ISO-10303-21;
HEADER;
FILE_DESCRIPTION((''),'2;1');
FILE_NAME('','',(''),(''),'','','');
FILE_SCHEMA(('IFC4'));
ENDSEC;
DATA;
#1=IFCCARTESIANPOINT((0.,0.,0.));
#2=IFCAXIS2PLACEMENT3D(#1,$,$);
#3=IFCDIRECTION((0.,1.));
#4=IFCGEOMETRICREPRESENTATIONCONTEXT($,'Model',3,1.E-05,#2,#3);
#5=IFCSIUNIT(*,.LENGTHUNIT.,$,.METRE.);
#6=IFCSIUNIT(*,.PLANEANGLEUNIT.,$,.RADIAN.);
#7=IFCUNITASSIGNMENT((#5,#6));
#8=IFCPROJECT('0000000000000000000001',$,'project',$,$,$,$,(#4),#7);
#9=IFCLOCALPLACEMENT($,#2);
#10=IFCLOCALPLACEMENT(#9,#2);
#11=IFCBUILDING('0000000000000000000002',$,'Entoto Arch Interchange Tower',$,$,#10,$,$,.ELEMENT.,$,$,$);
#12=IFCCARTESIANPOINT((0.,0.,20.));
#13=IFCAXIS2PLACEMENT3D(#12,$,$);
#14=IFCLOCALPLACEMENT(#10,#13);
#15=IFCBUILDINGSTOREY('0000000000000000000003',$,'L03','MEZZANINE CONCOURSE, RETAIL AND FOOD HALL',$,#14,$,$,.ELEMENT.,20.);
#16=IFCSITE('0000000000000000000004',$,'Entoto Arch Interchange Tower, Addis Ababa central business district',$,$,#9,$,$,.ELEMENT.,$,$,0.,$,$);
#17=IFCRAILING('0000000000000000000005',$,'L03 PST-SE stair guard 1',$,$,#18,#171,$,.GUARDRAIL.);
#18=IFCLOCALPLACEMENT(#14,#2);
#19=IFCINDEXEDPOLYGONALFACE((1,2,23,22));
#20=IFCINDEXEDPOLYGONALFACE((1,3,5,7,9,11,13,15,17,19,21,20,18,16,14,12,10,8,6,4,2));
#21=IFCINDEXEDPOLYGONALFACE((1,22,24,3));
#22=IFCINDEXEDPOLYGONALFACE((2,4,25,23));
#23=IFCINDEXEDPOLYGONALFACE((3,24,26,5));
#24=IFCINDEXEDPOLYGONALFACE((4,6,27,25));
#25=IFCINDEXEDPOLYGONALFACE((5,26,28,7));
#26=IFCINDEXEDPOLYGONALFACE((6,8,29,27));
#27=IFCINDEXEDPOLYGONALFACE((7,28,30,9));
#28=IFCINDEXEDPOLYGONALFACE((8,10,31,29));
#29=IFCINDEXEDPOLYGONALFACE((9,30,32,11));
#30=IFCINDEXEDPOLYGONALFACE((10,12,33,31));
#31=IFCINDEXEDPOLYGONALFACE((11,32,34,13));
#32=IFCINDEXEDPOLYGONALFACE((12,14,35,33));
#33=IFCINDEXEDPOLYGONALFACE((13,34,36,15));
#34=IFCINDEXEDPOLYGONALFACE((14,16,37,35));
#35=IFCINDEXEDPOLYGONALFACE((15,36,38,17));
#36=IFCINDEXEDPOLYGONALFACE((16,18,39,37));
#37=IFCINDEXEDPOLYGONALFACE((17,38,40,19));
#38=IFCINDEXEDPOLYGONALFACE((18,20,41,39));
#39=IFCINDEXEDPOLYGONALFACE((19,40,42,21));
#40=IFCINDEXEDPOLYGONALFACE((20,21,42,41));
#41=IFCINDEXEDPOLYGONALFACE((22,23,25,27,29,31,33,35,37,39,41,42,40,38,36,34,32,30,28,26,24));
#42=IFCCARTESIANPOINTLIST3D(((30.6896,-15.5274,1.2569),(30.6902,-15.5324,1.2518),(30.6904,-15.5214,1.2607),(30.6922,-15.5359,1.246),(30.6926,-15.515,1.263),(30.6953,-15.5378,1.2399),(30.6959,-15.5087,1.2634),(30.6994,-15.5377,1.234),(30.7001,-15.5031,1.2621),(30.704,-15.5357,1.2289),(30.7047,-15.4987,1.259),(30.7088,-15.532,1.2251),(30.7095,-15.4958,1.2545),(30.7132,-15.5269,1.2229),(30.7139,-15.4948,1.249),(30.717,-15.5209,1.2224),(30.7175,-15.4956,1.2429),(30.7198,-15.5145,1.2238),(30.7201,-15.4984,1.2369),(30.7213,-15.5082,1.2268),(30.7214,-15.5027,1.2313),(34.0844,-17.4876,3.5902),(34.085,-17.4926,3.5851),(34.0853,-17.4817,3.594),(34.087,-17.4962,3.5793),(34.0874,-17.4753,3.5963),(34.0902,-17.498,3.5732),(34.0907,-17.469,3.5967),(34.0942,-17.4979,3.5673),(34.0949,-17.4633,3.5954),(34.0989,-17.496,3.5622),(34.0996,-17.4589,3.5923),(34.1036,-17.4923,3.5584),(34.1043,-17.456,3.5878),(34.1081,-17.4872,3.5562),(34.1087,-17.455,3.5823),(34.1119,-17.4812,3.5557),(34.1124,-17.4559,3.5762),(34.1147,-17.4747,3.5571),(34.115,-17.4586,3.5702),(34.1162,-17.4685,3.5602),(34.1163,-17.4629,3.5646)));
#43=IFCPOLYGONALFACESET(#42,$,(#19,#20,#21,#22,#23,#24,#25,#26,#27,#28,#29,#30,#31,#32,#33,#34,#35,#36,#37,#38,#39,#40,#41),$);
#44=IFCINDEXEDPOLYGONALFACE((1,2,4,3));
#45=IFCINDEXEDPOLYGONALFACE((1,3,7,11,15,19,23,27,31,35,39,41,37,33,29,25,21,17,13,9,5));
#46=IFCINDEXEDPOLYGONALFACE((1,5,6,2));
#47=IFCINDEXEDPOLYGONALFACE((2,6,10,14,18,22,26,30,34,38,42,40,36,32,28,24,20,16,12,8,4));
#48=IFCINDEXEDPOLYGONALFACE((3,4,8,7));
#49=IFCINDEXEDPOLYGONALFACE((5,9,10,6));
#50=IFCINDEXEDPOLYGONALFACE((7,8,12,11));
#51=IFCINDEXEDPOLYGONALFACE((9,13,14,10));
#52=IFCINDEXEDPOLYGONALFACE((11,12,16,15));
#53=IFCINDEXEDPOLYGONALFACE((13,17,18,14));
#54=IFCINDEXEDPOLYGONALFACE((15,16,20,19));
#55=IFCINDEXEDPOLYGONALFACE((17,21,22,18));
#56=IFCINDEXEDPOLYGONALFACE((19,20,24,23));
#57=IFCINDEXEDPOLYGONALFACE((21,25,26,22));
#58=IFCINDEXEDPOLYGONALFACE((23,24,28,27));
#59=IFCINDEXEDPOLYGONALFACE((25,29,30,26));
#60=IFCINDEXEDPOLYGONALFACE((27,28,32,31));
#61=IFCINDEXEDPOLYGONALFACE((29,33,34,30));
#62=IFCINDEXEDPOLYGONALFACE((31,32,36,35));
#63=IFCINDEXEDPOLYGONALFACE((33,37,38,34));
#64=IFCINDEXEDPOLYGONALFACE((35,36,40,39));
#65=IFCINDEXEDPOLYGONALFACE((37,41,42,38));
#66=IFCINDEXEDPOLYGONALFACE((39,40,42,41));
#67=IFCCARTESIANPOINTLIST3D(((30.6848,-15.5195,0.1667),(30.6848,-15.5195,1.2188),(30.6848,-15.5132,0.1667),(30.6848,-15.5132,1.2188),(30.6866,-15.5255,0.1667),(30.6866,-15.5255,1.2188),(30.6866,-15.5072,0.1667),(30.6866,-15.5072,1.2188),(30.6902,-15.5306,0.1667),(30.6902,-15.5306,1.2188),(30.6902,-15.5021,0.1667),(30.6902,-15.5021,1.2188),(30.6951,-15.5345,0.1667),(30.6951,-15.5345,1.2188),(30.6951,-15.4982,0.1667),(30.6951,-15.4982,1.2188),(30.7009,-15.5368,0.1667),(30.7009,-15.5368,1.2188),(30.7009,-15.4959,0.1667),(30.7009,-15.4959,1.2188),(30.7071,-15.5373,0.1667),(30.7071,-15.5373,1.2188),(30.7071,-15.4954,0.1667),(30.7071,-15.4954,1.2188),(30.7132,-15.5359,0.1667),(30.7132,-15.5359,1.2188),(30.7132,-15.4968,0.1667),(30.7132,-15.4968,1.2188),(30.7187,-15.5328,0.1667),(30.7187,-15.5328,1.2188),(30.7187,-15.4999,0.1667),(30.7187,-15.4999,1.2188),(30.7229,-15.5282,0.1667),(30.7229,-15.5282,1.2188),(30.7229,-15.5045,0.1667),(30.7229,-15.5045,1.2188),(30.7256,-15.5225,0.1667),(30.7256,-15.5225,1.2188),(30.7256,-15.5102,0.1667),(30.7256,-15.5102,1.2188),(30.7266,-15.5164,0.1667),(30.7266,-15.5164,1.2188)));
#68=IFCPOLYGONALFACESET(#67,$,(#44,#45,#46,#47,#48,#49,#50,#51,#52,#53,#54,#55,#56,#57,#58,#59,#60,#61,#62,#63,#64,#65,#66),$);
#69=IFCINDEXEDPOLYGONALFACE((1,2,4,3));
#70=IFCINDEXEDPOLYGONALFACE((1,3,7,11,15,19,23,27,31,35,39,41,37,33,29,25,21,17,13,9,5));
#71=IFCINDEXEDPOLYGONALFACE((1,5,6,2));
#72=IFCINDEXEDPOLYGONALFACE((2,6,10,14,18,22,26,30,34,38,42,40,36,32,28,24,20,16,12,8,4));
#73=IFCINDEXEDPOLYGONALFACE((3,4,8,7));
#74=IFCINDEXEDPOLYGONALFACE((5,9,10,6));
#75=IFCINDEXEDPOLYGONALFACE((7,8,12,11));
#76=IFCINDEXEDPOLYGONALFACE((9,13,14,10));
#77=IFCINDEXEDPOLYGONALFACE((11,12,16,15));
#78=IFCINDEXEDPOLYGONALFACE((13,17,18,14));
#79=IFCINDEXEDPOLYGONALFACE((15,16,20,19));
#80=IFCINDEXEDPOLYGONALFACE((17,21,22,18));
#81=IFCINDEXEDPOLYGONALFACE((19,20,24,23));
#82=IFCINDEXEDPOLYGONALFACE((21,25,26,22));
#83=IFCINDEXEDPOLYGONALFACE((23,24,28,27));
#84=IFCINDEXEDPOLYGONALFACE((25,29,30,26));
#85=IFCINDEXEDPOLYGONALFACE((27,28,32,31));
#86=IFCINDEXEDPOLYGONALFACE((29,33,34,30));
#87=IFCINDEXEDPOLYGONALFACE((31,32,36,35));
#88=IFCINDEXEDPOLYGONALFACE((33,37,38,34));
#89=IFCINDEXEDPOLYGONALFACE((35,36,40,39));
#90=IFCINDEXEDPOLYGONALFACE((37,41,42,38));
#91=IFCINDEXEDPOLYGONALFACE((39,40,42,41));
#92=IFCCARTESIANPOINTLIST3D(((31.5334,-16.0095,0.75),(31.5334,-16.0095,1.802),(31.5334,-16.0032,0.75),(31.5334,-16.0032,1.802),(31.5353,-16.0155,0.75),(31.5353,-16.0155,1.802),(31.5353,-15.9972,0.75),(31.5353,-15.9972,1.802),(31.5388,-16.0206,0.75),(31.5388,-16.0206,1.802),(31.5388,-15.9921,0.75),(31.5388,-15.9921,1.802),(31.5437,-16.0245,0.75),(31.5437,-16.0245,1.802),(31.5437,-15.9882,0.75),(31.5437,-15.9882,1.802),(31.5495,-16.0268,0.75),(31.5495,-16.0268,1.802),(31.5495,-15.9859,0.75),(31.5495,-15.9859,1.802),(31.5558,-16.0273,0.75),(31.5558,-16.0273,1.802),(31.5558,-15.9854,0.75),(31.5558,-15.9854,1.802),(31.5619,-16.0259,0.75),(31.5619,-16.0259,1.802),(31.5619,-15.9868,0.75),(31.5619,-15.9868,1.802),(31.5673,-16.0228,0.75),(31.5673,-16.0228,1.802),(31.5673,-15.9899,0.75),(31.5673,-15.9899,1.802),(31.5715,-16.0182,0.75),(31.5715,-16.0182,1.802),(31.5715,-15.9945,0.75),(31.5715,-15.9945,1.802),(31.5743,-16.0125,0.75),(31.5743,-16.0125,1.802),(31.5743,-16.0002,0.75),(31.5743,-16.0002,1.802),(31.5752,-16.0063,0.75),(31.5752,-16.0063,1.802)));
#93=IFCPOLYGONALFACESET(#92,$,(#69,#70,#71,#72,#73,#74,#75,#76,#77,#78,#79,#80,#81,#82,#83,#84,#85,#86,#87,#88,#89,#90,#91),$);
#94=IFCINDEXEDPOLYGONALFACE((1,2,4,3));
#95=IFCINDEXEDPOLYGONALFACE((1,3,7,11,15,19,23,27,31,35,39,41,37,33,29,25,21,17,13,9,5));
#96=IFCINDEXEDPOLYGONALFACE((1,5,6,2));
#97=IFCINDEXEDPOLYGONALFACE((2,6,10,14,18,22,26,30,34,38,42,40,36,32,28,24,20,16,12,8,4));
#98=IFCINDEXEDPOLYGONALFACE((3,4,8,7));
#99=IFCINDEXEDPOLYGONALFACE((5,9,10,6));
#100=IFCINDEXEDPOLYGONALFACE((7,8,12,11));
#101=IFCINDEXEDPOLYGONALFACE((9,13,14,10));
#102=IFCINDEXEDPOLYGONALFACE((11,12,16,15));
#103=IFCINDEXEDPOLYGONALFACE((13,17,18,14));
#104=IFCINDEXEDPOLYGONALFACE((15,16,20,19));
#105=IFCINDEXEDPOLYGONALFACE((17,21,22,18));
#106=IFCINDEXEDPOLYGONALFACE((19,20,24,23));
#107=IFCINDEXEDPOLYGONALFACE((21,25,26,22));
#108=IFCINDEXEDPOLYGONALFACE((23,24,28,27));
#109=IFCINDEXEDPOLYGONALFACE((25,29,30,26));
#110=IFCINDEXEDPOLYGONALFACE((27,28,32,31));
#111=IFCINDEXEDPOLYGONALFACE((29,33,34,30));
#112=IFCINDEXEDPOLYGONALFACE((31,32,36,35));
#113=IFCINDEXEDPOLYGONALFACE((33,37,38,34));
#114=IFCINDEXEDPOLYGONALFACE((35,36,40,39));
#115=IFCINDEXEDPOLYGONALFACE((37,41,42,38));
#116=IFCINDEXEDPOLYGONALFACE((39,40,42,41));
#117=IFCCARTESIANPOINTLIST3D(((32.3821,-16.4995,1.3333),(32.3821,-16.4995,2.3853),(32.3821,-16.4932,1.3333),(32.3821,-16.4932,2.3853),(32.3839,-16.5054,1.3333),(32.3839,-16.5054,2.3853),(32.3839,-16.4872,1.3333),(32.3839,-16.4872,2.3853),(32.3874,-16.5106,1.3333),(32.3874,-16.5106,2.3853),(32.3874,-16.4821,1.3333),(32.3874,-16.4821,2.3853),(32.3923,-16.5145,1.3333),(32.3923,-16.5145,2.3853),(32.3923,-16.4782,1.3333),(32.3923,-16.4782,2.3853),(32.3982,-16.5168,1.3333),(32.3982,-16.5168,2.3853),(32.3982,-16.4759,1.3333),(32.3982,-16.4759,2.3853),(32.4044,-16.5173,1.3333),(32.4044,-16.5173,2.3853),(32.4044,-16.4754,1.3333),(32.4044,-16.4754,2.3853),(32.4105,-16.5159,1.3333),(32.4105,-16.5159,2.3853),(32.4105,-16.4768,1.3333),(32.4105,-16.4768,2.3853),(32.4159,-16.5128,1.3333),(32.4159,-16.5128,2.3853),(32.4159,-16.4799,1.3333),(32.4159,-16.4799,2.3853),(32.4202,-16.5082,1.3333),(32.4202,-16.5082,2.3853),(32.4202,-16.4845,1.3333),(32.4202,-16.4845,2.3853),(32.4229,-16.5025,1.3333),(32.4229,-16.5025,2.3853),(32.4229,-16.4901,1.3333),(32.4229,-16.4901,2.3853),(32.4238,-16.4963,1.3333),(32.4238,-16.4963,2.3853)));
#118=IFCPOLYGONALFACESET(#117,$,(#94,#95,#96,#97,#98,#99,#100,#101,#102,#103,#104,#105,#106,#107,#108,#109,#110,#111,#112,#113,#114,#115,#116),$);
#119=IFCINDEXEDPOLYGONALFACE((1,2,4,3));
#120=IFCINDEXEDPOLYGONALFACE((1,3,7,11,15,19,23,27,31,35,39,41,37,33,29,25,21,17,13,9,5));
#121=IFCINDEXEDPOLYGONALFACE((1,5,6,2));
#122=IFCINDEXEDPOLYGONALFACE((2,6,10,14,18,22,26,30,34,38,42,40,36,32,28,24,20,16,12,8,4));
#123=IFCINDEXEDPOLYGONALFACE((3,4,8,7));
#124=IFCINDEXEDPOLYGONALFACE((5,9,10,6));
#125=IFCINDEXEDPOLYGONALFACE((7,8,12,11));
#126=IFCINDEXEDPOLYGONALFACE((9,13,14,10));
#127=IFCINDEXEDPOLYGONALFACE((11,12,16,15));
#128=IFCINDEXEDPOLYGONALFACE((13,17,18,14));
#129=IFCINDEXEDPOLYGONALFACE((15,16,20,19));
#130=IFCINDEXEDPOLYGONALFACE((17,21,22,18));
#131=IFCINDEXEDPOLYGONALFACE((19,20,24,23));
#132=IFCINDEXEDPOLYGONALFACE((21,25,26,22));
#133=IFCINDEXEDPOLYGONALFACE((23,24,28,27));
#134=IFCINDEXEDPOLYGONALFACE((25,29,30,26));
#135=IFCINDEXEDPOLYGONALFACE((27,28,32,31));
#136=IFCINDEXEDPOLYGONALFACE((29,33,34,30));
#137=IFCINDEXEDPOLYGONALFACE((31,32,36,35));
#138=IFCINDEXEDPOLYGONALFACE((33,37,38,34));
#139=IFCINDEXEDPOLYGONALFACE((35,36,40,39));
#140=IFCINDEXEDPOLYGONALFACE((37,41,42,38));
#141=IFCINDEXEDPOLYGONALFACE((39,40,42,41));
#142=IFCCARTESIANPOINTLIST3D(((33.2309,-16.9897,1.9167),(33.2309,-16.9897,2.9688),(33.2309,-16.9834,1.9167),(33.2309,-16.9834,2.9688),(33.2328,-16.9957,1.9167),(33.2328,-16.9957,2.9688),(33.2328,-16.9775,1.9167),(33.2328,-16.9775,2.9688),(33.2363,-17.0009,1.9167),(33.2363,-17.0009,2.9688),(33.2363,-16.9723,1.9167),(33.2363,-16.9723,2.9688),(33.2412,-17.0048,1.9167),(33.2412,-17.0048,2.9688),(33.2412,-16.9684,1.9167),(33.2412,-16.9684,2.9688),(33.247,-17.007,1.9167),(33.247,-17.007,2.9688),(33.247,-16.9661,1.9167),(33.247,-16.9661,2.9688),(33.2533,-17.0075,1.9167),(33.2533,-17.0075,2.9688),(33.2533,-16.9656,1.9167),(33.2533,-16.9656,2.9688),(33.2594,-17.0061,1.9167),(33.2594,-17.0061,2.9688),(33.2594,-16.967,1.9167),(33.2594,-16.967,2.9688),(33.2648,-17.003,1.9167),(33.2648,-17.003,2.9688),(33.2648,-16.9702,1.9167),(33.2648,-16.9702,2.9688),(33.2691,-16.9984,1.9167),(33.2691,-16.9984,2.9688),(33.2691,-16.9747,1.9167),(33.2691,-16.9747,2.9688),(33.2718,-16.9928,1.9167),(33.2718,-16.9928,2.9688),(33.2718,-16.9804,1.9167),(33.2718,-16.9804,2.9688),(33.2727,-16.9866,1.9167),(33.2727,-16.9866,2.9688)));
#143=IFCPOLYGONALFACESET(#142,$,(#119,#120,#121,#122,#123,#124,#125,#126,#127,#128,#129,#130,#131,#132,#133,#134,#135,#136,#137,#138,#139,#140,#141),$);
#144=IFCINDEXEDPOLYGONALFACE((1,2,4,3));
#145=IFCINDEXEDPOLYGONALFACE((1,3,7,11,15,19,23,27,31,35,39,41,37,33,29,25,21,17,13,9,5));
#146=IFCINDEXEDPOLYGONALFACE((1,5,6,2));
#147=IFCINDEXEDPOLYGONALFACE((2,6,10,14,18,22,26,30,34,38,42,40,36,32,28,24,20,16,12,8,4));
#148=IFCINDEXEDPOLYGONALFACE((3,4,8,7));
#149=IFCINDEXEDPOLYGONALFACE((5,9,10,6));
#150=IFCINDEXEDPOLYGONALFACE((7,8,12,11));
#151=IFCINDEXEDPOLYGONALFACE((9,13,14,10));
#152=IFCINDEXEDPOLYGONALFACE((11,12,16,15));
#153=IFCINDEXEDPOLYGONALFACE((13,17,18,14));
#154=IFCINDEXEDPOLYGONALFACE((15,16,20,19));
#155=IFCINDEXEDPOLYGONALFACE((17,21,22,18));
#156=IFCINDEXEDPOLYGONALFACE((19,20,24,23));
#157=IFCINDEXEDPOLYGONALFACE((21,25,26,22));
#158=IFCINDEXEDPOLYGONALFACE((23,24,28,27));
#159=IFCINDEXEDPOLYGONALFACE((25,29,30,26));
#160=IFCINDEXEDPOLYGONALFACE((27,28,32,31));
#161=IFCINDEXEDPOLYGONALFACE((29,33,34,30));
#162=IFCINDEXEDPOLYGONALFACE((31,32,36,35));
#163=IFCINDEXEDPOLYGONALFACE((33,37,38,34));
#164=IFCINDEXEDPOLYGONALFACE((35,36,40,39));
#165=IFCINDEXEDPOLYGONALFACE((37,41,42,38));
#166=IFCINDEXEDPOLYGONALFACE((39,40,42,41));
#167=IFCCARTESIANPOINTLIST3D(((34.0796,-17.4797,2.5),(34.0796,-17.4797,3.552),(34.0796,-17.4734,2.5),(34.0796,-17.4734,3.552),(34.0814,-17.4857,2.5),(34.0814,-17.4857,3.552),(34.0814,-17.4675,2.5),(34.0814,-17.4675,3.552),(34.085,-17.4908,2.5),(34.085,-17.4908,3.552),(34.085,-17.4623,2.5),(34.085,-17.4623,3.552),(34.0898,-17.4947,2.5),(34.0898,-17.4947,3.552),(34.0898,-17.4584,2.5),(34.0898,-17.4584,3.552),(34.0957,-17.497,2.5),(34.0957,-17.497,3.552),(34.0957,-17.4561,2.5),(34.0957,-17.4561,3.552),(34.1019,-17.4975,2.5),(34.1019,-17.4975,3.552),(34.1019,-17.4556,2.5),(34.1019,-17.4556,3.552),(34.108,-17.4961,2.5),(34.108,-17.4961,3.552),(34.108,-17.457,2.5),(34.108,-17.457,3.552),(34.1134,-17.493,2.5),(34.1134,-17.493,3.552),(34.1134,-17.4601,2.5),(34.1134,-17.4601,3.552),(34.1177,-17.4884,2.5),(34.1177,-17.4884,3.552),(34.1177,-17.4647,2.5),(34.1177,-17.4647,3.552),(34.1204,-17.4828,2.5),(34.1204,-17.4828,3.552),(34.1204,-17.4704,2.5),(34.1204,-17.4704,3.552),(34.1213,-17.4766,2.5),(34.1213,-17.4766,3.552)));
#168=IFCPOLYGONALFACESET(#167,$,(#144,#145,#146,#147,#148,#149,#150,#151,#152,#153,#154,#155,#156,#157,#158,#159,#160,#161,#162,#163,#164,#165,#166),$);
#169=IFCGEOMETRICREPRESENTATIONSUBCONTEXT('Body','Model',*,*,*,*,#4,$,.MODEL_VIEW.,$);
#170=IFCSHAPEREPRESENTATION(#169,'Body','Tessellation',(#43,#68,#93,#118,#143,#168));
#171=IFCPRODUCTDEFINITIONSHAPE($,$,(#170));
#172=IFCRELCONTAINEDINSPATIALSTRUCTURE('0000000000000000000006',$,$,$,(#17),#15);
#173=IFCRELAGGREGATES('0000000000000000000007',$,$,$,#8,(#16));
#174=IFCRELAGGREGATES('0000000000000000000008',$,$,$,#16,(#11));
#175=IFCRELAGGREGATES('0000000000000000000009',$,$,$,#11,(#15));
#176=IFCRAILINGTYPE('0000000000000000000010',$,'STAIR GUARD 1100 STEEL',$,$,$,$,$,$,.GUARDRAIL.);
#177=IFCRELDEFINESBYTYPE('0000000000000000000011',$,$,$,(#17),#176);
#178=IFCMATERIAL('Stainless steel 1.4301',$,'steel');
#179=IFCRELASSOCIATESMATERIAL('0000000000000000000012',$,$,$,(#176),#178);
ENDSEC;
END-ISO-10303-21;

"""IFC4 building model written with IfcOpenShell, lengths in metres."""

from ifc_helpers import new_model, si_unit, direction, frame, origin, origin_2d, place, context, subcontext, project, spatial, circle, extrude, material, type_object, element, save


model = new_model("IFC4")

# Units and contexts
model_context = context("Model", 3, precision=1e-05, world=origin(), true_north=direction((0.0, 1.0)))
body_context = subcontext(model_context, "Body", "Model", "MODEL_VIEW")
ifc_project = project(units=[si_unit("LENGTHUNIT", "METRE"), si_unit("PLANEANGLEUNIT", "RADIAN")], contexts=[model_context])

# Site, building, storey
site_placement = place(None, origin())
site = spatial("IfcSite", under=ifc_project, at=site_placement, Name="Entoto Arch Interchange Tower, Addis Ababa central business district", CompositionType="ELEMENT", RefElevation=0.0)
building_placement = place(site_placement, origin())
building = spatial("IfcBuilding", under=site, at=building_placement, Name="Entoto Arch Interchange Tower", CompositionType="ELEMENT")
storey_placement = place(building_placement, frame((0.0, 0.0, 20.0)))
storey = spatial("IfcBuildingStorey", under=building, at=storey_placement, Name="L03", Description="MEZZANINE CONCOURSE, RETAIL AND FOOD HALL", CompositionType="ELEMENT", Elevation=20.0)

# Railing
ifc_material_1 = material(Name="Stainless steel 1.4301", Category="steel")
railing_type_1 = type_object("IfcRailingType", Name="STAIR GUARD 1100 STEEL", PredefinedType="GUARDRAIL", material=ifc_material_1)
railing_1_placement = place(storey_placement, frame((30.7056, -15.5164, 0.1667)))
element("IfcRailing", 1, at=railing_1_placement, inside=storey, type_object=railing_type_1, Name="L03 PST-SE stair guard 1", PredefinedType="GUARDRAIL", context=body_context, shape_type="SweptSolid", body=[
    extrude(circle(Radius=0.0239, at=origin_2d()), frame((0.0, 0.0, 1.0762), z_axis=(0.744158, -0.42969, 0.511464), x_axis=(0.500044, 0.866, 0.0)), (0.0, 0.0, 1.0), 4.562),
    extrude(circle(Radius=0.021, at=origin_2d()), origin(), (0.0, 0.0, 1.0), 1.052),
    extrude(circle(Radius=0.021, at=origin_2d()), frame((0.8486, -0.49, 0.5833)), (0.0, 0.0, 1.0), 1.052),
    extrude(circle(Radius=0.021, at=origin_2d()), frame((1.6973, -0.98, 1.1665)), (0.0, 0.0, 1.0), 1.052),
    extrude(circle(Radius=0.021, at=origin_2d()), frame((2.5461, -1.4702, 1.75)), (0.0, 0.0, 1.0), 1.052),
    extrude(circle(Radius=0.021, at=origin_2d()), frame((3.3948, -1.9602, 2.3333)), (0.0, 0.0, 1.0), 1.052),
])

save(model, "model.ifc")
